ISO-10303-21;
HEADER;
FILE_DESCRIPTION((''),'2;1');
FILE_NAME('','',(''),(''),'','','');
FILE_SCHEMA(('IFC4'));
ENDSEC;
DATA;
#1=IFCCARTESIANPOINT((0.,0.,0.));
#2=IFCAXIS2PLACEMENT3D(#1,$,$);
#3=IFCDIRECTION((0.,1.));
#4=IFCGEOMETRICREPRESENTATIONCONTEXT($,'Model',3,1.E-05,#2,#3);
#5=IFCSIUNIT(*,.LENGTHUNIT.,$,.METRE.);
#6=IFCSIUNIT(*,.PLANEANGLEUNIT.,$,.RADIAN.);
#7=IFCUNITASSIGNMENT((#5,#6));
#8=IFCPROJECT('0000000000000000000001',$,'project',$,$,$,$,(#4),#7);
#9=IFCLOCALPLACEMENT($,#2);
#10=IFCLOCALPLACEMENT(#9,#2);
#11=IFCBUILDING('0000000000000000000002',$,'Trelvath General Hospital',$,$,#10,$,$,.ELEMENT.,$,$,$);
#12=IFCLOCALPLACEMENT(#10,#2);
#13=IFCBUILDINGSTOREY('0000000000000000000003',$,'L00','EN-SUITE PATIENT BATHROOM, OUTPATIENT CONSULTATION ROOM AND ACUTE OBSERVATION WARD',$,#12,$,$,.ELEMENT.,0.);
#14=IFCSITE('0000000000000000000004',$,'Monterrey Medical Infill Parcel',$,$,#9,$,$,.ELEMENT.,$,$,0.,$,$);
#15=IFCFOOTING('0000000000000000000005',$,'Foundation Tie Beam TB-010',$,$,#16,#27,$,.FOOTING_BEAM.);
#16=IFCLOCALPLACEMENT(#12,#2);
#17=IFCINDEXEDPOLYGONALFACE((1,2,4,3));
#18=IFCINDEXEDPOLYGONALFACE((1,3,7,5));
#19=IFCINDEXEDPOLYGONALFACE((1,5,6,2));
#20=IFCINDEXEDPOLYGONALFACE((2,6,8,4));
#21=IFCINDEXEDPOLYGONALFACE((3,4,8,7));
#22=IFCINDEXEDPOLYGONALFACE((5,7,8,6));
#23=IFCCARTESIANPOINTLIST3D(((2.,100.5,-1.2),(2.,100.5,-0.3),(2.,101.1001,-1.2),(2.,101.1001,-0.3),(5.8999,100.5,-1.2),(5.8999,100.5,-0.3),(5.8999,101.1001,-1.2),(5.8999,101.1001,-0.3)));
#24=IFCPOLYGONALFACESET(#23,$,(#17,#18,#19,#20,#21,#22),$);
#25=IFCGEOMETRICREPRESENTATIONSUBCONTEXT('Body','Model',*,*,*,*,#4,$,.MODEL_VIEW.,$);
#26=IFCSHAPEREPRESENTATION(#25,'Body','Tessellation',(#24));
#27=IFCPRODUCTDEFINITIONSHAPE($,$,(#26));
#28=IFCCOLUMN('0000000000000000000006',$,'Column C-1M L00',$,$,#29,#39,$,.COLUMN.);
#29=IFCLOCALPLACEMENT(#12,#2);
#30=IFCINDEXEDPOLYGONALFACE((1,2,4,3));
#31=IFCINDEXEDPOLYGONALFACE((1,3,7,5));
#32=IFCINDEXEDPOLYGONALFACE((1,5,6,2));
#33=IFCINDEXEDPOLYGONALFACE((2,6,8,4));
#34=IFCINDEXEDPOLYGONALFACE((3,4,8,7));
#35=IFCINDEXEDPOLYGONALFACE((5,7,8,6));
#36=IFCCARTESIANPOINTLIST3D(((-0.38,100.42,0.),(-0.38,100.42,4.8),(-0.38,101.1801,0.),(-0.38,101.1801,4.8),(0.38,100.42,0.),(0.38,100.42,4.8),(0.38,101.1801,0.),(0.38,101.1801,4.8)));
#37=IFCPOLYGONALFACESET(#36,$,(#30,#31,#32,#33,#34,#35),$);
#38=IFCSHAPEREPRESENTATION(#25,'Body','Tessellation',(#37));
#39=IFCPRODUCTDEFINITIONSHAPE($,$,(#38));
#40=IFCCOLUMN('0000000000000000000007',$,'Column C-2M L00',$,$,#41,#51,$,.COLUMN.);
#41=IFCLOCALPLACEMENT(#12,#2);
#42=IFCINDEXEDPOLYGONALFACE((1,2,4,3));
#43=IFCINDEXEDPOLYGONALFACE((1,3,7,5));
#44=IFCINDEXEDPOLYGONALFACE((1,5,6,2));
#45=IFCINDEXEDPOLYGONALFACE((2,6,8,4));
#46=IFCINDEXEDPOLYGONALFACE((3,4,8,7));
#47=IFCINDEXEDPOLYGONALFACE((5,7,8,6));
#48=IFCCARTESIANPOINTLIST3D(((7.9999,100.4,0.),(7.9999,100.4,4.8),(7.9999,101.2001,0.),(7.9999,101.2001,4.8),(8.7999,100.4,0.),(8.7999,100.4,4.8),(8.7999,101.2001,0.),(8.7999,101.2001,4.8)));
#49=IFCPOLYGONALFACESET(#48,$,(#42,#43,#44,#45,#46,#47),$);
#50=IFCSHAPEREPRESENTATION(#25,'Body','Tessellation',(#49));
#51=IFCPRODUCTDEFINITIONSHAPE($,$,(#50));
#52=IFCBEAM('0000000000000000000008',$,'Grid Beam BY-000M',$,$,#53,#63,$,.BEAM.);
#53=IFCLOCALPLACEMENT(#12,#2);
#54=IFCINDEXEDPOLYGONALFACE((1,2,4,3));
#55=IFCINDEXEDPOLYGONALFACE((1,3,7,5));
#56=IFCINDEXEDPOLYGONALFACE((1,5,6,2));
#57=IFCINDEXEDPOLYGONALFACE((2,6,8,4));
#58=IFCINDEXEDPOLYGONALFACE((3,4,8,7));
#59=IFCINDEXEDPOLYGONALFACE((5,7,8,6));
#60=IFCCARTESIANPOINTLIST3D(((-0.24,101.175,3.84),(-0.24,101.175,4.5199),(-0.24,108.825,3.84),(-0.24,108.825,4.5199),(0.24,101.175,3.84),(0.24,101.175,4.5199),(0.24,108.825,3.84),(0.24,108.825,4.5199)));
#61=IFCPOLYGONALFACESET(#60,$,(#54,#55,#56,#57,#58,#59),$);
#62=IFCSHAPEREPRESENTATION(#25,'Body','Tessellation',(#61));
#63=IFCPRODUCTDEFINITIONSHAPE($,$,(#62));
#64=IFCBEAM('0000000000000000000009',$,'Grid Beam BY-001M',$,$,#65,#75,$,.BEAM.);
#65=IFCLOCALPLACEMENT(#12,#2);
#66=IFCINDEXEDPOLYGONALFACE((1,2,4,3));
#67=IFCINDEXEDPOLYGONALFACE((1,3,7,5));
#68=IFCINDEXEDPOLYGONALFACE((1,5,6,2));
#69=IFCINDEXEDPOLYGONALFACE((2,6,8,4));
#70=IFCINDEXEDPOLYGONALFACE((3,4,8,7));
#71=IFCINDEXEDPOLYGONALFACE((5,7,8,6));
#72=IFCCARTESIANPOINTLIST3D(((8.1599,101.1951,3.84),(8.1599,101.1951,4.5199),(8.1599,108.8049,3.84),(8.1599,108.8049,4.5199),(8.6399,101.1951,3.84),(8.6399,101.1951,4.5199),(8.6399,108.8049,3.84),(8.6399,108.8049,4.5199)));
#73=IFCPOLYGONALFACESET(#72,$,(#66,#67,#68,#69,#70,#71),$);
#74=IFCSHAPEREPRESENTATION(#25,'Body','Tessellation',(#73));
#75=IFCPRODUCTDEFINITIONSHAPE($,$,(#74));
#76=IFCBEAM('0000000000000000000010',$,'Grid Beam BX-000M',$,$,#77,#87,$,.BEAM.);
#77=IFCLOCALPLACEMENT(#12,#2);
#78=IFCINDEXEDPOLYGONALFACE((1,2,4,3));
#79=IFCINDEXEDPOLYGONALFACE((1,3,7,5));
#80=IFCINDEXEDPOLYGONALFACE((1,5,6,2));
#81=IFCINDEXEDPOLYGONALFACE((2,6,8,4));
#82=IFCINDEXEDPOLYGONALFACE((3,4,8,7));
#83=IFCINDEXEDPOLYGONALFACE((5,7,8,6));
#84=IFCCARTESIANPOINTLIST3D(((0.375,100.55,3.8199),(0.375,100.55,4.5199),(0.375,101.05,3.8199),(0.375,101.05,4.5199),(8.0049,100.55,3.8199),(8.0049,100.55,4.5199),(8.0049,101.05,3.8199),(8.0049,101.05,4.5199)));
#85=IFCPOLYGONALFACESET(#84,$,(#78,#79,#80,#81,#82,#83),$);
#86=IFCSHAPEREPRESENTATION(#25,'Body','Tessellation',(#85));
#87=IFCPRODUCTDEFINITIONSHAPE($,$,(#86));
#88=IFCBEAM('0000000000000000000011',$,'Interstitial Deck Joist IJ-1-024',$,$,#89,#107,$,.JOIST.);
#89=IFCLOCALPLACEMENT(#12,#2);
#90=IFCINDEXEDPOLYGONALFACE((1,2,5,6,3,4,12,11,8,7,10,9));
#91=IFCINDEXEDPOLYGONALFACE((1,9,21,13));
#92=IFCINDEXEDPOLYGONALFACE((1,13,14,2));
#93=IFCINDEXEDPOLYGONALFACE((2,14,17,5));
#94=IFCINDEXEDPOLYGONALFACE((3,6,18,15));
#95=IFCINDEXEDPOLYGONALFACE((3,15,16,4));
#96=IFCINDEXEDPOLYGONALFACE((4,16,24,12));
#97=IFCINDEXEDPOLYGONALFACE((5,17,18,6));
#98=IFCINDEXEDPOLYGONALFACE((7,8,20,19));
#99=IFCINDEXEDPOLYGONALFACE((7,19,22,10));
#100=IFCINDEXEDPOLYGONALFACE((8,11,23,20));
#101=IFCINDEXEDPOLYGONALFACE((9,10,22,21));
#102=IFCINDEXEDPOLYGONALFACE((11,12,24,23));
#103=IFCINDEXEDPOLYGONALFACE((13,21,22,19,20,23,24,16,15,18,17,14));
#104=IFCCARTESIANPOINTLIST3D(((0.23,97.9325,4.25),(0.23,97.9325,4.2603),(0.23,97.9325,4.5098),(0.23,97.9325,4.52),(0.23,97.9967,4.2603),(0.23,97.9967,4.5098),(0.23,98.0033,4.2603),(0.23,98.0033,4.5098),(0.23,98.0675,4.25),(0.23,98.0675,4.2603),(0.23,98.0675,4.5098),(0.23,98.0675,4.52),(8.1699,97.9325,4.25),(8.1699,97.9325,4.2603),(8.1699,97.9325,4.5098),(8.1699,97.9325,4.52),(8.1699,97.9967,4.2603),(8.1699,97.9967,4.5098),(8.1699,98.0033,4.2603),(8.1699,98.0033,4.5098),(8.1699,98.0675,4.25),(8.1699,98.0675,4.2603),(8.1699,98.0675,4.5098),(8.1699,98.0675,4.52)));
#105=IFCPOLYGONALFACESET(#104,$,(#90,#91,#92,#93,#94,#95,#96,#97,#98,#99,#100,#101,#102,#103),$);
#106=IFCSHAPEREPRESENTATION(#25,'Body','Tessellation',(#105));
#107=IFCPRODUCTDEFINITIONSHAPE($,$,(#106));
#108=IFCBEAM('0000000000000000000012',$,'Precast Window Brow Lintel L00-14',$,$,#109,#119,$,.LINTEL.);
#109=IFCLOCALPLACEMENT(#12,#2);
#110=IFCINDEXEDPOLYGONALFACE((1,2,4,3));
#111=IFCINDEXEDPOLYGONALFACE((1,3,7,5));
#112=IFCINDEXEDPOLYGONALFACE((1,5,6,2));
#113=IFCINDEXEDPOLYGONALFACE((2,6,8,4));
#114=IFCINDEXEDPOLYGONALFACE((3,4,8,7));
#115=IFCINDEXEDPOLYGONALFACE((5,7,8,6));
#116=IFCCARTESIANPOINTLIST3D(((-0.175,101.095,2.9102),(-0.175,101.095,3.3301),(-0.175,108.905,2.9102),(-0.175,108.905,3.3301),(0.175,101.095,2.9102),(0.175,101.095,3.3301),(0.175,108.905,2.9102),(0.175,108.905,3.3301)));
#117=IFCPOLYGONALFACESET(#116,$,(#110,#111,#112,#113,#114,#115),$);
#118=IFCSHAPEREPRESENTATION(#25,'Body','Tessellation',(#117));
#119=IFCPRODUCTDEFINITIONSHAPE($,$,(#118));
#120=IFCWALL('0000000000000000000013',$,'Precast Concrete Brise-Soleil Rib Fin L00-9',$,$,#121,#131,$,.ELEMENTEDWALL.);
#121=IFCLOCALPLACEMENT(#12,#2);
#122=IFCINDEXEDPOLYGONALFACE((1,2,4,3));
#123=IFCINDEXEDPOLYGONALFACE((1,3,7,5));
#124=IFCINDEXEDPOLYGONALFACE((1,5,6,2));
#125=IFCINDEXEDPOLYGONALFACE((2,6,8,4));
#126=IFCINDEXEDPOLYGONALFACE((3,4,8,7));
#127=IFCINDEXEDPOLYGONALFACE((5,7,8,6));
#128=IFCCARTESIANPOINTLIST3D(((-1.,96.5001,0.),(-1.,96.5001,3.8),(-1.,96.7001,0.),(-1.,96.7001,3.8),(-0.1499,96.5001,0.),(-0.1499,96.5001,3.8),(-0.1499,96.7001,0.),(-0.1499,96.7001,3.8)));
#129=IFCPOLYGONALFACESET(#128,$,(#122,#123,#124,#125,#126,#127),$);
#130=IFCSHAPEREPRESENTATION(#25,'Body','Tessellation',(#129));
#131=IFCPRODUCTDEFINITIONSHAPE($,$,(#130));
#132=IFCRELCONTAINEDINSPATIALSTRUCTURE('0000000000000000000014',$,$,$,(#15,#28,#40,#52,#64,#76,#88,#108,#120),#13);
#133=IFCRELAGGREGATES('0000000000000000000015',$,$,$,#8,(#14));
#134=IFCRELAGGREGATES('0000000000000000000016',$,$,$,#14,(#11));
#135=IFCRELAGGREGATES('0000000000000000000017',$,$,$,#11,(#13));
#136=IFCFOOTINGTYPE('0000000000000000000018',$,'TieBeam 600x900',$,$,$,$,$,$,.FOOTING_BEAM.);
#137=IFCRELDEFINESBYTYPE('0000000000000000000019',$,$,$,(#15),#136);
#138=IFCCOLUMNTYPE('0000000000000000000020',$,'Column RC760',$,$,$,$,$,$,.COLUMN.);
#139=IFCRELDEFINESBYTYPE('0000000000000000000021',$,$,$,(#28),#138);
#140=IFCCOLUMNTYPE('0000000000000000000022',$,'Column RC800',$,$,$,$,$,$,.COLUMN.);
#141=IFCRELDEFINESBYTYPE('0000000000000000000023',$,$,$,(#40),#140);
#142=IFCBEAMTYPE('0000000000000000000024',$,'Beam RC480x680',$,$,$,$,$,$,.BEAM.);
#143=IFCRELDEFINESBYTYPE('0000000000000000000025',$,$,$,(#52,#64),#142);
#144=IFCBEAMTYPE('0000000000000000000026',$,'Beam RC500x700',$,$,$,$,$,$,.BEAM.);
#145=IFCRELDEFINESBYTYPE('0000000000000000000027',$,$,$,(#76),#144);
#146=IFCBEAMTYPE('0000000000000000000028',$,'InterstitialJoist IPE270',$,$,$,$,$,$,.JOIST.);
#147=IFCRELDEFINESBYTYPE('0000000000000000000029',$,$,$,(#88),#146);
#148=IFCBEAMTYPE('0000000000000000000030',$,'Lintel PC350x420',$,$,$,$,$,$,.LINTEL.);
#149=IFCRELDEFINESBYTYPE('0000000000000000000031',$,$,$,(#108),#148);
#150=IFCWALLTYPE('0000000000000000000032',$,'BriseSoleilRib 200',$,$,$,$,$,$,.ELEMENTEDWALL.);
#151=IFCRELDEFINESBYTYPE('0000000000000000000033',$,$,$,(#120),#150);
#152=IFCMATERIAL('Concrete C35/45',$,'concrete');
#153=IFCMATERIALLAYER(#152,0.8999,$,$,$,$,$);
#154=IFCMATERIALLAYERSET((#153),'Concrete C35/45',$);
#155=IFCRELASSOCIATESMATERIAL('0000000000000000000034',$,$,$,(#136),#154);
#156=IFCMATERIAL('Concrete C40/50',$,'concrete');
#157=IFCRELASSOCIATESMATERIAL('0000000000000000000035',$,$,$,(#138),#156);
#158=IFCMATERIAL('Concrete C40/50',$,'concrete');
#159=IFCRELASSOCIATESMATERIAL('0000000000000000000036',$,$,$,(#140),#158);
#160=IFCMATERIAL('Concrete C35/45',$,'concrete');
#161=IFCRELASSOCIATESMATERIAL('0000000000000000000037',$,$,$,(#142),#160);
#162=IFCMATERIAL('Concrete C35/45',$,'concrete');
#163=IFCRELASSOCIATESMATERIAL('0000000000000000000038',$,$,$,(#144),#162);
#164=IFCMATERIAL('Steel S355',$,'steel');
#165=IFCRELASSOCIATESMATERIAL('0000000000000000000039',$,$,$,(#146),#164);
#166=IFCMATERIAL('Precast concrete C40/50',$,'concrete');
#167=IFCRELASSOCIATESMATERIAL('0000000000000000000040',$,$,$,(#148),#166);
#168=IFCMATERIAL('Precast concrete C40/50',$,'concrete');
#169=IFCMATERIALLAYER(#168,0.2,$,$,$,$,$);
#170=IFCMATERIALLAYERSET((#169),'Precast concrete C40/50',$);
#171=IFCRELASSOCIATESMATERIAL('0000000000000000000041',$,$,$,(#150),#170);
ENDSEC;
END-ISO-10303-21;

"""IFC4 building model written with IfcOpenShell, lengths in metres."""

from ifc_helpers import new_model, si_unit, direction, frame, frame_2d, origin, origin_2d, place, context, subcontext, project, spatial, rectangle, i_section, extrude, material, layer, layer_set, material_profile, profile_set, type_object, element, save


model = new_model("IFC4")

# Units and contexts
model_context = context("Model", 3, precision=1e-05, world=origin(), true_north=direction((0.0, 1.0)))
body_context = subcontext(model_context, "Body", "Model", "MODEL_VIEW")
ifc_project = project(units=[si_unit("LENGTHUNIT", "METRE"), si_unit("PLANEANGLEUNIT", "RADIAN")], contexts=[model_context])

# Site, building, storey
site_placement = place(None, origin())
site = spatial("IfcSite", under=ifc_project, at=site_placement, Name="Monterrey Medical Infill Parcel", CompositionType="ELEMENT", RefElevation=0.0)
building_placement = place(site_placement, origin())
building = spatial("IfcBuilding", under=site, at=building_placement, Name="Trelvath General Hospital", CompositionType="ELEMENT")
storey_placement = place(building_placement, origin())
storey = spatial("IfcBuildingStorey", under=building, at=storey_placement, Name="L00", Description="EN-SUITE PATIENT BATHROOM, OUTPATIENT CONSULTATION ROOM AND ACUTE OBSERVATION WARD", CompositionType="ELEMENT", Elevation=0.0)

# Footing
ifc_material_1 = material(Name="Concrete C35/45", Category="concrete")
ifc_layer_1 = layer(ifc_material_1, 0.8999)
ifc_layer_set_1 = layer_set([ifc_layer_1], Name="Concrete C35/45")
footing_type_1 = type_object("IfcFootingType", Name="TieBeam 600x900", PredefinedType="FOOTING_BEAM", material=ifc_layer_set_1)
footing_1_placement = place(storey_placement, frame((3.95, 100.8, -1.2), z_axis=(0.0, 0.0, 1.0), x_axis=(1.0, 0.0, 0.0)))
element("IfcFooting", 1, at=footing_1_placement, inside=storey, type_object=footing_type_1, Name="Foundation Tie Beam TB-010", PredefinedType="FOOTING_BEAM", context=body_context, shape_type="SweptSolid", body=[
    extrude(rectangle(XDim=3.8999, YDim=0.6001, at=origin_2d()), origin(), (0.0, 0.0, 1.0), 0.8999),
])

# Columns
ifc_material_2 = material(Name="Concrete C40/50", Category="concrete")
ifc_material_profile_1 = material_profile(ifc_material_2, rectangle(XDim=0.76, YDim=0.76, at=origin_2d()), Name="RC760x760")
ifc_profile_set_1 = profile_set([ifc_material_profile_1], Name="Concrete C40/50")
column_type_1 = type_object("IfcColumnType", Name="Column RC760", PredefinedType="COLUMN", material=ifc_profile_set_1)
column_1_placement = place(storey_placement, frame((0.0, 100.8, 0.0), z_axis=(0.0, 0.0, 1.0), x_axis=(1.0, 0.0, 0.0)))
element("IfcColumn", 2, at=column_1_placement, inside=storey, type_object=column_type_1, Name="Column C-1M L00", PredefinedType="COLUMN", context=body_context, shape_type="SweptSolid", body=[
    extrude(rectangle(XDim=0.76, YDim=0.76, at=origin_2d()), origin(), (0.0, 0.0, 1.0), 4.8),
])
ifc_material_3 = material(Name="Concrete C40/50", Category="concrete")
ifc_material_profile_2 = material_profile(ifc_material_3, rectangle(XDim=0.8, YDim=0.8, at=origin_2d()), Name="RC800x800")
ifc_profile_set_2 = profile_set([ifc_material_profile_2], Name="Concrete C40/50")
column_type_2 = type_object("IfcColumnType", Name="Column RC800", PredefinedType="COLUMN", material=ifc_profile_set_2)
column_2_placement = place(storey_placement, frame((8.3999, 100.8, 0.0), z_axis=(0.0, 0.0, 1.0), x_axis=(1.0, 0.0, 0.0)))
element("IfcColumn", 3, at=column_2_placement, inside=storey, type_object=column_type_2, Name="Column C-2M L00", PredefinedType="COLUMN", context=body_context, shape_type="SweptSolid", body=[
    extrude(rectangle(XDim=0.8, YDim=0.8, at=origin_2d()), origin(), (0.0, 0.0, 1.0), 4.8),
])

# Beams
ifc_material_4 = material(Name="Concrete C35/45", Category="concrete")
ifc_material_profile_3 = material_profile(ifc_material_4, rectangle(XDim=0.48, YDim=0.6799, at=origin_2d()), Name="RCB480x680")
ifc_profile_set_3 = profile_set([ifc_material_profile_3], Name="Concrete C35/45")
beam_type_1 = type_object("IfcBeamType", Name="Beam RC480x680", PredefinedType="BEAM", material=ifc_profile_set_3)
beam_1_placement = place(storey_placement, frame((0.0, 101.175, 4.1799), z_axis=(0.0, 1.0, 0.0), x_axis=(-1.0, 0.0, 0.0)))
element("IfcBeam", 4, at=beam_1_placement, inside=storey, type_object=beam_type_1, Name="Grid Beam BY-000M", PredefinedType="BEAM", context=body_context, shape_type="SweptSolid", body=[
    extrude(rectangle(XDim=0.48, YDim=0.6799, at=origin_2d()), origin(), (0.0, 0.0, 1.0), 7.6499),
])
beam_2_placement = place(storey_placement, frame((8.3999, 101.1951, 4.1799), z_axis=(0.0, 1.0, 0.0), x_axis=(-1.0, 0.0, 0.0)))
element("IfcBeam", 5, at=beam_2_placement, inside=storey, type_object=beam_type_1, Name="Grid Beam BY-001M", PredefinedType="BEAM", context=body_context, shape_type="SweptSolid", body=[
    extrude(rectangle(XDim=0.48, YDim=0.6799, at=origin_2d()), origin(), (0.0, 0.0, 1.0), 7.6099),
])
ifc_material_5 = material(Name="Concrete C35/45", Category="concrete")
ifc_material_profile_4 = material_profile(ifc_material_5, rectangle(XDim=0.5, YDim=0.7, at=origin_2d()), Name="RCB500x700")
ifc_profile_set_4 = profile_set([ifc_material_profile_4], Name="Concrete C35/45")
beam_type_2 = type_object("IfcBeamType", Name="Beam RC500x700", PredefinedType="BEAM", material=ifc_profile_set_4)
beam_3_placement = place(storey_placement, frame((0.375, 100.8, 4.1699), z_axis=(1.0, 0.0, 0.0), x_axis=(0.0, 1.0, 0.0)))
element("IfcBeam", 6, at=beam_3_placement, inside=storey, type_object=beam_type_2, Name="Grid Beam BX-000M", PredefinedType="BEAM", context=body_context, shape_type="SweptSolid", body=[
    extrude(rectangle(XDim=0.5, YDim=0.7, at=origin_2d()), origin(), (0.0, 0.0, 1.0), 7.6299),
])
ifc_material_6 = material(Name="Steel S355", Category="steel")
ifc_material_profile_5 = material_profile(ifc_material_6, i_section(OverallWidth=0.135, OverallDepth=0.27, WebThickness=0.0066, FlangeThickness=0.0103, at=origin_2d()), Name="IPE270")
ifc_profile_set_5 = profile_set([ifc_material_profile_5], Name="Steel S355")
beam_type_3 = type_object("IfcBeamType", Name="InterstitialJoist IPE270", PredefinedType="JOIST", material=ifc_profile_set_5)
beam_4_placement = place(storey_placement, frame((0.23, 98.0, 4.385), z_axis=(1.0, 0.0, 0.0), x_axis=(0.0, 1.0, 0.0)))
element("IfcBeam", 7, at=beam_4_placement, inside=storey, type_object=beam_type_3, Name="Interstitial Deck Joist IJ-1-024", PredefinedType="JOIST", context=body_context, shape_type="SweptSolid", body=[
    extrude(i_section(OverallWidth=0.135, OverallDepth=0.27, WebThickness=0.0066, FlangeThickness=0.0103, at=origin_2d()), origin(), (0.0, 0.0, 1.0), 7.9399),
])
ifc_material_7 = material(Name="Precast concrete C40/50", Category="concrete")
ifc_material_profile_6 = material_profile(ifc_material_7, rectangle(XDim=0.3501, YDim=0.4199, at=origin_2d()), Name="PCL350x420")
ifc_profile_set_6 = profile_set([ifc_material_profile_6], Name="Precast concrete C40/50")
beam_type_4 = type_object("IfcBeamType", Name="Lintel PC350x420", PredefinedType="LINTEL", material=ifc_profile_set_6)
beam_5_placement = place(storey_placement, frame((0.0, 101.095, 3.1201), z_axis=(0.0, 1.0, 0.0), x_axis=(-1.0, 0.0, 0.0)))
element("IfcBeam", 8, at=beam_5_placement, inside=storey, type_object=beam_type_4, Name="Precast Window Brow Lintel L00-14", PredefinedType="LINTEL", context=body_context, shape_type="SweptSolid", body=[
    extrude(rectangle(XDim=0.3501, YDim=0.4199, at=origin_2d()), origin(), (0.0, 0.0, 1.0), 7.8101),
])

# Wall
ifc_material_8 = material(Name="Precast concrete C40/50", Category="concrete")
ifc_layer_2 = layer(ifc_material_8, 0.2)
ifc_layer_set_2 = layer_set([ifc_layer_2], Name="Precast concrete C40/50")
wall_type_1 = type_object("IfcWallType", Name="BriseSoleilRib 200", PredefinedType="ELEMENTEDWALL", material=ifc_layer_set_2)
wall_1_placement = place(storey_placement, frame((-0.1499, 96.6001, 0.0), z_axis=(0.0, 0.0, 1.0), x_axis=(-1.0, 0.0, 0.0)))
element("IfcWall", 9, at=wall_1_placement, inside=storey, type_object=wall_type_1, Name="Precast Concrete Brise-Soleil Rib Fin L00-9", PredefinedType="ELEMENTEDWALL", context=body_context, shape_type="SweptSolid", body=[
    extrude(rectangle(XDim=0.8501, YDim=0.2, at=frame_2d((0.425, 0.0))), origin(), (0.0, 0.0, 1.0), 3.8),
])

save(model, "model.ifc")
